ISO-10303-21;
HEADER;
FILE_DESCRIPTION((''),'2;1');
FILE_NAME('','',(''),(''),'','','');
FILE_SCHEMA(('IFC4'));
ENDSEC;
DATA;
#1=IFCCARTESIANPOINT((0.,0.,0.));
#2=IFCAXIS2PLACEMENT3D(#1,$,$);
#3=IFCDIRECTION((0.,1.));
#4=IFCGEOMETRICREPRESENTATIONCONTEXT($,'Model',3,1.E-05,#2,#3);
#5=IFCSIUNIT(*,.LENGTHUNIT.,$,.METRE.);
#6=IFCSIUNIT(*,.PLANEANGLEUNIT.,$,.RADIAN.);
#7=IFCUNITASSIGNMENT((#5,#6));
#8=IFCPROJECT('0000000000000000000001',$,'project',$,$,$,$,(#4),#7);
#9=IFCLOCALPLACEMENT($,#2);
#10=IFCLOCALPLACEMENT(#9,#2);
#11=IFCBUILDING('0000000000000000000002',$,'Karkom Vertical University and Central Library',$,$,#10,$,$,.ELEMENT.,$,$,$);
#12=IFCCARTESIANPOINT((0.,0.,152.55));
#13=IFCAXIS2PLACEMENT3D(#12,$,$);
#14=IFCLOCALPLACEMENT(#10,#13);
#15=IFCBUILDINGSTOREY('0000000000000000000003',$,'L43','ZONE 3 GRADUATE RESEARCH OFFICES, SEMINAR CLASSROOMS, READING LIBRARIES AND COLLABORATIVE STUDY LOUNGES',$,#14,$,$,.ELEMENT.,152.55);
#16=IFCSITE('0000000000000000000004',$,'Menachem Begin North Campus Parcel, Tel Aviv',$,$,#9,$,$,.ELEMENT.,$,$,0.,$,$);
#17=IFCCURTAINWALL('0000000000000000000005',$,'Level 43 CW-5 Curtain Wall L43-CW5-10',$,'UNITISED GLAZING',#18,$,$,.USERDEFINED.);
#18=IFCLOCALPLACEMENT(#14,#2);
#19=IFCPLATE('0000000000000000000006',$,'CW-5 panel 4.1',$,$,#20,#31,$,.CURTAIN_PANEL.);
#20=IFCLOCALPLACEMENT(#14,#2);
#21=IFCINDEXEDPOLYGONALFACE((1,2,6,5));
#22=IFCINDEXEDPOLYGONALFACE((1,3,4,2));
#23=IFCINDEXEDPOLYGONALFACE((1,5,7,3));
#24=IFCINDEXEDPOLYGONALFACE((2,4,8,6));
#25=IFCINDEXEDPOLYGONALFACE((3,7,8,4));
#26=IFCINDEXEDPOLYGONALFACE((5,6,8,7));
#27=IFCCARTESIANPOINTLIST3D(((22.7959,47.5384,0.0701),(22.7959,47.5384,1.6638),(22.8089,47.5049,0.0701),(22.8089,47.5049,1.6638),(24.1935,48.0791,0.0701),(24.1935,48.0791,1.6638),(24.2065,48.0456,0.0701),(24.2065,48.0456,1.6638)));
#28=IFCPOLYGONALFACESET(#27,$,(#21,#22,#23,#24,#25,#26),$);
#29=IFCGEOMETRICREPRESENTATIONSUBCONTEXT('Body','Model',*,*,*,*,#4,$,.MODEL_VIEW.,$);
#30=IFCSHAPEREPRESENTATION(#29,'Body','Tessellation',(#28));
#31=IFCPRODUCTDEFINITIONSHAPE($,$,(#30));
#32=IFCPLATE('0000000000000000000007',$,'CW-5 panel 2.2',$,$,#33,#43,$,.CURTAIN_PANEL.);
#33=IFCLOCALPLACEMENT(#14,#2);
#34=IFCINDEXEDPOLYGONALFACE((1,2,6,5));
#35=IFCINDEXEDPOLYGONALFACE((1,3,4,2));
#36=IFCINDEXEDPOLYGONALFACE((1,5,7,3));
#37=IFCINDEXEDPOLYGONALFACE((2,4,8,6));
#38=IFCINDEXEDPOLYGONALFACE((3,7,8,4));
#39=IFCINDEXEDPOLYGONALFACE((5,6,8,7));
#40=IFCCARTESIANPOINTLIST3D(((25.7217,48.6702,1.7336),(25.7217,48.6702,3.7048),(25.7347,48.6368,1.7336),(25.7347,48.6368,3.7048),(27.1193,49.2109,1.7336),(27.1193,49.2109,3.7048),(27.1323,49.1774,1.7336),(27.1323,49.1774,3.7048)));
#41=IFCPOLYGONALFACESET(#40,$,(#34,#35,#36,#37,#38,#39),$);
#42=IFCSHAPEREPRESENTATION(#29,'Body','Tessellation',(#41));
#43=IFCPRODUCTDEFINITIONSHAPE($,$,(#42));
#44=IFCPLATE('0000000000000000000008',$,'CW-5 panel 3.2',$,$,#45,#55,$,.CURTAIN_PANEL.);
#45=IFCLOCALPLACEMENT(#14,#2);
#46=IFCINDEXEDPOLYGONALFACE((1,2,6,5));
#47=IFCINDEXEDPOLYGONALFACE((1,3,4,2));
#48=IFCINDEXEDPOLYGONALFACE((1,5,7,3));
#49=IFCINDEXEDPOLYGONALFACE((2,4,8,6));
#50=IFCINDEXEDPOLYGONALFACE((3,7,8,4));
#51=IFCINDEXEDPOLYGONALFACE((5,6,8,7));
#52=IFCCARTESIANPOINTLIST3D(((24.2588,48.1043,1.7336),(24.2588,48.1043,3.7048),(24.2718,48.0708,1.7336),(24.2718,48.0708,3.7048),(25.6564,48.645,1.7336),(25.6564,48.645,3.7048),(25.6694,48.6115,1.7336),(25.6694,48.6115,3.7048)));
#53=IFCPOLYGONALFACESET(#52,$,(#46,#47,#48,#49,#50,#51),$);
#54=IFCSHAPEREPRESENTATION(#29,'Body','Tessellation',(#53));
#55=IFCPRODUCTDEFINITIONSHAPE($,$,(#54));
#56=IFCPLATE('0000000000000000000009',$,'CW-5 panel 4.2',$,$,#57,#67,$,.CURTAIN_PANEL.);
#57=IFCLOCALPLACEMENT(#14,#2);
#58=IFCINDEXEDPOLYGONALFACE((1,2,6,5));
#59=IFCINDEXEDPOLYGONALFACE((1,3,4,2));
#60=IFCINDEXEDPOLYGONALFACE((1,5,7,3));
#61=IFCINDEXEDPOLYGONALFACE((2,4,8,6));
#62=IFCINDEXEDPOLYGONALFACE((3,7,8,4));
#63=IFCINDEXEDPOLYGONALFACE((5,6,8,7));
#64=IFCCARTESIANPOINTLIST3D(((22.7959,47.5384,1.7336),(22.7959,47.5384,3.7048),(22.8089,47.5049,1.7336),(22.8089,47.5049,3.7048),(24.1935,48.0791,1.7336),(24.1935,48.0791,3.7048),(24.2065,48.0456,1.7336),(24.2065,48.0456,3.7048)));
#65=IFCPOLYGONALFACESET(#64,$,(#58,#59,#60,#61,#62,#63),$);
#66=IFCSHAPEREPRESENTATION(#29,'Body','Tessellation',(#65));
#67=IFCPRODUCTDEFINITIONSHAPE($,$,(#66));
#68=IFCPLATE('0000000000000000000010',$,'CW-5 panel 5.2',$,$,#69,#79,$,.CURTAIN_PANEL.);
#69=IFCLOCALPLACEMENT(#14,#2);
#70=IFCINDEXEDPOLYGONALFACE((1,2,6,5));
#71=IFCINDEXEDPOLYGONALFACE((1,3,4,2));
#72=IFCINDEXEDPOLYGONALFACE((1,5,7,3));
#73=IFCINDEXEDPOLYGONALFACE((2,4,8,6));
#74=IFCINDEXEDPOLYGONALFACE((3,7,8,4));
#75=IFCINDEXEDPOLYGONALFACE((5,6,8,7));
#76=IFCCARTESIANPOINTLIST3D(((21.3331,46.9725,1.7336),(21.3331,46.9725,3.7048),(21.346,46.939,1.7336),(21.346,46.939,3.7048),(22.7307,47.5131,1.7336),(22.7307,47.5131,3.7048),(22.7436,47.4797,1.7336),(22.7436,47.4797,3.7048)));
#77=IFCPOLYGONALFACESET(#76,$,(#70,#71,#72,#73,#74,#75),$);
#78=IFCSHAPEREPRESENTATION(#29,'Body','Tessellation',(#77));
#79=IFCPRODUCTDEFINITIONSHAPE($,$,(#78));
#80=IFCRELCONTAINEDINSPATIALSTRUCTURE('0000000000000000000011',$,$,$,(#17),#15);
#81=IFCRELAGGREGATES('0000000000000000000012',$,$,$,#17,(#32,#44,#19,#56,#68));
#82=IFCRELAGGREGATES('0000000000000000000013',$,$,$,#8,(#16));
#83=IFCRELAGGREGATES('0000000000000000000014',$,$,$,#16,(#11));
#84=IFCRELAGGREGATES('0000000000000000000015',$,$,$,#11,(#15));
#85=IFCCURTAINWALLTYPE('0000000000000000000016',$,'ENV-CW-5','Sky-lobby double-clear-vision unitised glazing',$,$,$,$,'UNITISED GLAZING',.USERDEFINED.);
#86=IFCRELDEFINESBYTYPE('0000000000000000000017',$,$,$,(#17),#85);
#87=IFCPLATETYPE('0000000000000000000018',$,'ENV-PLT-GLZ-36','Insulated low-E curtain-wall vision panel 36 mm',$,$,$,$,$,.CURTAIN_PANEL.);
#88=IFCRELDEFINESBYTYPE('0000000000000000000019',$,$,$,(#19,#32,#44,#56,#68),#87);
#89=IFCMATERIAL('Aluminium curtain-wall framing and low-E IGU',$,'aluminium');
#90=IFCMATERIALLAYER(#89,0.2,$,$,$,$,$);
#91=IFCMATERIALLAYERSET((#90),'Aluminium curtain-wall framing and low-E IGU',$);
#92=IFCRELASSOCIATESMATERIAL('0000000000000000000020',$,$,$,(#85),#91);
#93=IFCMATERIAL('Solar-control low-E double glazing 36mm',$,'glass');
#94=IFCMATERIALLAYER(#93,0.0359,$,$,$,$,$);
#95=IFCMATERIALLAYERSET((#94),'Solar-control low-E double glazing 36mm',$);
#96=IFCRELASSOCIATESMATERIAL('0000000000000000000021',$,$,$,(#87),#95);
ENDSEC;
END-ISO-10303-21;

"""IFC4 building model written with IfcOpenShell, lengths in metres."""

from ifc_helpers import new_model, si_unit, direction, frame, origin, origin_with_axes, origin_2d, place, context, subcontext, project, spatial, rectangle, extrude, source, transform, mapped, material, layer, layer_set, type_object, element, aggregate, save


model = new_model("IFC4")

# Units and contexts
model_context = context("Model", 3, precision=1e-05, world=origin(), true_north=direction((0.0, 1.0)))
body_context = subcontext(model_context, "Body", "Model", "MODEL_VIEW")
ifc_project = project(units=[si_unit("LENGTHUNIT", "METRE"), si_unit("PLANEANGLEUNIT", "RADIAN")], contexts=[model_context])

# Site, building, storey
site_placement = place(None, origin())
site = spatial("IfcSite", under=ifc_project, at=site_placement, Name="Menachem Begin North Campus Parcel, Tel Aviv", CompositionType="ELEMENT", RefElevation=0.0)
building_placement = place(site_placement, origin())
building = spatial("IfcBuilding", under=site, at=building_placement, Name="Karkom Vertical University and Central Library", CompositionType="ELEMENT")
storey_placement = place(building_placement, frame((0.0, 0.0, 152.55)))
storey = spatial("IfcBuildingStorey", under=building, at=storey_placement, Name="L43", Description="ZONE 3 GRADUATE RESEARCH OFFICES, SEMINAR CLASSROOMS, READING LIBRARIES AND COLLABORATIVE STUDY LOUNGES", CompositionType="ELEMENT", Elevation=152.55)

# Curtain wall, plates
ifc_material_1 = material(Name="Aluminium curtain-wall framing and low-E IGU", Category="aluminium")
ifc_layer_1 = layer(ifc_material_1, 0.2)
ifc_layer_set_1 = layer_set([ifc_layer_1], Name="Aluminium curtain-wall framing and low-E IGU")
curtain_wall_type = type_object("IfcCurtainWallType", Name="ENV-CW-5", Description="Sky-lobby double-clear-vision unitised glazing", ElementType="UNITISED GLAZING", PredefinedType="USERDEFINED", material=ifc_layer_set_1)
curtain_wall_placement = place(storey_placement, origin())
curtain_wall = element("IfcCurtainWall", 1, at=curtain_wall_placement, inside=storey, type_object=curtain_wall_type, Name="Level 43 CW-5 Curtain Wall L43-CW5-10", ObjectType="UNITISED GLAZING", PredefinedType="USERDEFINED")
ifc_material_2 = material(Name="Solar-control low-E double glazing 36mm", Category="glass")
ifc_layer_2 = layer(ifc_material_2, 0.0359)
ifc_layer_set_2 = layer_set([ifc_layer_2], Name="Solar-control low-E double glazing 36mm")
plate_type = type_object("IfcPlateType", Name="ENV-PLT-GLZ-36", Description="Insulated low-E curtain-wall vision panel 36 mm", PredefinedType="CURTAIN_PANEL", material=ifc_layer_set_2)
shared_shape_1 = source(origin_with_axes(), body_context, "Body", "SweptSolid", [
    extrude(rectangle(XDim=1.4985, YDim=0.0359, at=origin_2d()), origin(), (0.0, 0.0, 1.0), 1.5938),
])
plate_1_placement = place(storey_placement, frame((23.5012, 47.792, 0.0701), z_axis=(0.0, 0.0, 1.0), x_axis=(-0.932644, -0.360798, 0.0)))
plate_1 = element("IfcPlate", 2, at=plate_1_placement, type_object=plate_type, Name="CW-5 panel 4.1", PredefinedType="CURTAIN_PANEL", context=body_context, shape_type="MappedRepresentation", body=[
    mapped(shared_shape_1, transform((0.0, 0.0, 0.0), scale=1.0)),
])
shared_shape_2 = source(origin_with_axes(), body_context, "Body", "SweptSolid", [
    extrude(rectangle(XDim=1.4985, YDim=0.0359, at=origin_2d()), origin(), (0.0, 0.0, 1.0), 1.9712),
])
plate_2_placement = place(storey_placement, frame((26.427, 48.9238, 1.7336), z_axis=(0.0, 0.0, 1.0), x_axis=(-0.932644, -0.360798, 0.0)))
plate_2 = element("IfcPlate", 3, at=plate_2_placement, type_object=plate_type, Name="CW-5 panel 2.2", PredefinedType="CURTAIN_PANEL", context=body_context, shape_type="MappedRepresentation", body=[
    mapped(shared_shape_2, transform((0.0, 0.0, 0.0), scale=1.0)),
])
plate_3_placement = place(storey_placement, frame((24.9641, 48.3579, 1.7336), z_axis=(0.0, 0.0, 1.0), x_axis=(-0.932644, -0.360798, 0.0)))
plate_3 = element("IfcPlate", 4, at=plate_3_placement, type_object=plate_type, Name="CW-5 panel 3.2", PredefinedType="CURTAIN_PANEL", context=body_context, shape_type="MappedRepresentation", body=[
    mapped(shared_shape_2, transform((0.0, 0.0, 0.0), scale=1.0)),
])
plate_4_placement = place(storey_placement, frame((23.5012, 47.792, 1.7336), z_axis=(0.0, 0.0, 1.0), x_axis=(-0.932644, -0.360798, 0.0)))
plate_4 = element("IfcPlate", 5, at=plate_4_placement, type_object=plate_type, Name="CW-5 panel 4.2", PredefinedType="CURTAIN_PANEL", context=body_context, shape_type="MappedRepresentation", body=[
    mapped(shared_shape_2, transform((0.0, 0.0, 0.0), scale=1.0)),
])
plate_5_placement = place(storey_placement, frame((22.0383, 47.2261, 1.7336), z_axis=(0.0, 0.0, 1.0), x_axis=(-0.932644, -0.360798, 0.0)))
plate_5 = element("IfcPlate", 6, at=plate_5_placement, type_object=plate_type, Name="CW-5 panel 5.2", PredefinedType="CURTAIN_PANEL", context=body_context, shape_type="MappedRepresentation", body=[
    mapped(shared_shape_2, transform((0.0, 0.0, 0.0), scale=1.0)),
])
aggregate(curtain_wall, [plate_2, plate_3, plate_1, plate_4, plate_5])

save(model, "model.ifc")
